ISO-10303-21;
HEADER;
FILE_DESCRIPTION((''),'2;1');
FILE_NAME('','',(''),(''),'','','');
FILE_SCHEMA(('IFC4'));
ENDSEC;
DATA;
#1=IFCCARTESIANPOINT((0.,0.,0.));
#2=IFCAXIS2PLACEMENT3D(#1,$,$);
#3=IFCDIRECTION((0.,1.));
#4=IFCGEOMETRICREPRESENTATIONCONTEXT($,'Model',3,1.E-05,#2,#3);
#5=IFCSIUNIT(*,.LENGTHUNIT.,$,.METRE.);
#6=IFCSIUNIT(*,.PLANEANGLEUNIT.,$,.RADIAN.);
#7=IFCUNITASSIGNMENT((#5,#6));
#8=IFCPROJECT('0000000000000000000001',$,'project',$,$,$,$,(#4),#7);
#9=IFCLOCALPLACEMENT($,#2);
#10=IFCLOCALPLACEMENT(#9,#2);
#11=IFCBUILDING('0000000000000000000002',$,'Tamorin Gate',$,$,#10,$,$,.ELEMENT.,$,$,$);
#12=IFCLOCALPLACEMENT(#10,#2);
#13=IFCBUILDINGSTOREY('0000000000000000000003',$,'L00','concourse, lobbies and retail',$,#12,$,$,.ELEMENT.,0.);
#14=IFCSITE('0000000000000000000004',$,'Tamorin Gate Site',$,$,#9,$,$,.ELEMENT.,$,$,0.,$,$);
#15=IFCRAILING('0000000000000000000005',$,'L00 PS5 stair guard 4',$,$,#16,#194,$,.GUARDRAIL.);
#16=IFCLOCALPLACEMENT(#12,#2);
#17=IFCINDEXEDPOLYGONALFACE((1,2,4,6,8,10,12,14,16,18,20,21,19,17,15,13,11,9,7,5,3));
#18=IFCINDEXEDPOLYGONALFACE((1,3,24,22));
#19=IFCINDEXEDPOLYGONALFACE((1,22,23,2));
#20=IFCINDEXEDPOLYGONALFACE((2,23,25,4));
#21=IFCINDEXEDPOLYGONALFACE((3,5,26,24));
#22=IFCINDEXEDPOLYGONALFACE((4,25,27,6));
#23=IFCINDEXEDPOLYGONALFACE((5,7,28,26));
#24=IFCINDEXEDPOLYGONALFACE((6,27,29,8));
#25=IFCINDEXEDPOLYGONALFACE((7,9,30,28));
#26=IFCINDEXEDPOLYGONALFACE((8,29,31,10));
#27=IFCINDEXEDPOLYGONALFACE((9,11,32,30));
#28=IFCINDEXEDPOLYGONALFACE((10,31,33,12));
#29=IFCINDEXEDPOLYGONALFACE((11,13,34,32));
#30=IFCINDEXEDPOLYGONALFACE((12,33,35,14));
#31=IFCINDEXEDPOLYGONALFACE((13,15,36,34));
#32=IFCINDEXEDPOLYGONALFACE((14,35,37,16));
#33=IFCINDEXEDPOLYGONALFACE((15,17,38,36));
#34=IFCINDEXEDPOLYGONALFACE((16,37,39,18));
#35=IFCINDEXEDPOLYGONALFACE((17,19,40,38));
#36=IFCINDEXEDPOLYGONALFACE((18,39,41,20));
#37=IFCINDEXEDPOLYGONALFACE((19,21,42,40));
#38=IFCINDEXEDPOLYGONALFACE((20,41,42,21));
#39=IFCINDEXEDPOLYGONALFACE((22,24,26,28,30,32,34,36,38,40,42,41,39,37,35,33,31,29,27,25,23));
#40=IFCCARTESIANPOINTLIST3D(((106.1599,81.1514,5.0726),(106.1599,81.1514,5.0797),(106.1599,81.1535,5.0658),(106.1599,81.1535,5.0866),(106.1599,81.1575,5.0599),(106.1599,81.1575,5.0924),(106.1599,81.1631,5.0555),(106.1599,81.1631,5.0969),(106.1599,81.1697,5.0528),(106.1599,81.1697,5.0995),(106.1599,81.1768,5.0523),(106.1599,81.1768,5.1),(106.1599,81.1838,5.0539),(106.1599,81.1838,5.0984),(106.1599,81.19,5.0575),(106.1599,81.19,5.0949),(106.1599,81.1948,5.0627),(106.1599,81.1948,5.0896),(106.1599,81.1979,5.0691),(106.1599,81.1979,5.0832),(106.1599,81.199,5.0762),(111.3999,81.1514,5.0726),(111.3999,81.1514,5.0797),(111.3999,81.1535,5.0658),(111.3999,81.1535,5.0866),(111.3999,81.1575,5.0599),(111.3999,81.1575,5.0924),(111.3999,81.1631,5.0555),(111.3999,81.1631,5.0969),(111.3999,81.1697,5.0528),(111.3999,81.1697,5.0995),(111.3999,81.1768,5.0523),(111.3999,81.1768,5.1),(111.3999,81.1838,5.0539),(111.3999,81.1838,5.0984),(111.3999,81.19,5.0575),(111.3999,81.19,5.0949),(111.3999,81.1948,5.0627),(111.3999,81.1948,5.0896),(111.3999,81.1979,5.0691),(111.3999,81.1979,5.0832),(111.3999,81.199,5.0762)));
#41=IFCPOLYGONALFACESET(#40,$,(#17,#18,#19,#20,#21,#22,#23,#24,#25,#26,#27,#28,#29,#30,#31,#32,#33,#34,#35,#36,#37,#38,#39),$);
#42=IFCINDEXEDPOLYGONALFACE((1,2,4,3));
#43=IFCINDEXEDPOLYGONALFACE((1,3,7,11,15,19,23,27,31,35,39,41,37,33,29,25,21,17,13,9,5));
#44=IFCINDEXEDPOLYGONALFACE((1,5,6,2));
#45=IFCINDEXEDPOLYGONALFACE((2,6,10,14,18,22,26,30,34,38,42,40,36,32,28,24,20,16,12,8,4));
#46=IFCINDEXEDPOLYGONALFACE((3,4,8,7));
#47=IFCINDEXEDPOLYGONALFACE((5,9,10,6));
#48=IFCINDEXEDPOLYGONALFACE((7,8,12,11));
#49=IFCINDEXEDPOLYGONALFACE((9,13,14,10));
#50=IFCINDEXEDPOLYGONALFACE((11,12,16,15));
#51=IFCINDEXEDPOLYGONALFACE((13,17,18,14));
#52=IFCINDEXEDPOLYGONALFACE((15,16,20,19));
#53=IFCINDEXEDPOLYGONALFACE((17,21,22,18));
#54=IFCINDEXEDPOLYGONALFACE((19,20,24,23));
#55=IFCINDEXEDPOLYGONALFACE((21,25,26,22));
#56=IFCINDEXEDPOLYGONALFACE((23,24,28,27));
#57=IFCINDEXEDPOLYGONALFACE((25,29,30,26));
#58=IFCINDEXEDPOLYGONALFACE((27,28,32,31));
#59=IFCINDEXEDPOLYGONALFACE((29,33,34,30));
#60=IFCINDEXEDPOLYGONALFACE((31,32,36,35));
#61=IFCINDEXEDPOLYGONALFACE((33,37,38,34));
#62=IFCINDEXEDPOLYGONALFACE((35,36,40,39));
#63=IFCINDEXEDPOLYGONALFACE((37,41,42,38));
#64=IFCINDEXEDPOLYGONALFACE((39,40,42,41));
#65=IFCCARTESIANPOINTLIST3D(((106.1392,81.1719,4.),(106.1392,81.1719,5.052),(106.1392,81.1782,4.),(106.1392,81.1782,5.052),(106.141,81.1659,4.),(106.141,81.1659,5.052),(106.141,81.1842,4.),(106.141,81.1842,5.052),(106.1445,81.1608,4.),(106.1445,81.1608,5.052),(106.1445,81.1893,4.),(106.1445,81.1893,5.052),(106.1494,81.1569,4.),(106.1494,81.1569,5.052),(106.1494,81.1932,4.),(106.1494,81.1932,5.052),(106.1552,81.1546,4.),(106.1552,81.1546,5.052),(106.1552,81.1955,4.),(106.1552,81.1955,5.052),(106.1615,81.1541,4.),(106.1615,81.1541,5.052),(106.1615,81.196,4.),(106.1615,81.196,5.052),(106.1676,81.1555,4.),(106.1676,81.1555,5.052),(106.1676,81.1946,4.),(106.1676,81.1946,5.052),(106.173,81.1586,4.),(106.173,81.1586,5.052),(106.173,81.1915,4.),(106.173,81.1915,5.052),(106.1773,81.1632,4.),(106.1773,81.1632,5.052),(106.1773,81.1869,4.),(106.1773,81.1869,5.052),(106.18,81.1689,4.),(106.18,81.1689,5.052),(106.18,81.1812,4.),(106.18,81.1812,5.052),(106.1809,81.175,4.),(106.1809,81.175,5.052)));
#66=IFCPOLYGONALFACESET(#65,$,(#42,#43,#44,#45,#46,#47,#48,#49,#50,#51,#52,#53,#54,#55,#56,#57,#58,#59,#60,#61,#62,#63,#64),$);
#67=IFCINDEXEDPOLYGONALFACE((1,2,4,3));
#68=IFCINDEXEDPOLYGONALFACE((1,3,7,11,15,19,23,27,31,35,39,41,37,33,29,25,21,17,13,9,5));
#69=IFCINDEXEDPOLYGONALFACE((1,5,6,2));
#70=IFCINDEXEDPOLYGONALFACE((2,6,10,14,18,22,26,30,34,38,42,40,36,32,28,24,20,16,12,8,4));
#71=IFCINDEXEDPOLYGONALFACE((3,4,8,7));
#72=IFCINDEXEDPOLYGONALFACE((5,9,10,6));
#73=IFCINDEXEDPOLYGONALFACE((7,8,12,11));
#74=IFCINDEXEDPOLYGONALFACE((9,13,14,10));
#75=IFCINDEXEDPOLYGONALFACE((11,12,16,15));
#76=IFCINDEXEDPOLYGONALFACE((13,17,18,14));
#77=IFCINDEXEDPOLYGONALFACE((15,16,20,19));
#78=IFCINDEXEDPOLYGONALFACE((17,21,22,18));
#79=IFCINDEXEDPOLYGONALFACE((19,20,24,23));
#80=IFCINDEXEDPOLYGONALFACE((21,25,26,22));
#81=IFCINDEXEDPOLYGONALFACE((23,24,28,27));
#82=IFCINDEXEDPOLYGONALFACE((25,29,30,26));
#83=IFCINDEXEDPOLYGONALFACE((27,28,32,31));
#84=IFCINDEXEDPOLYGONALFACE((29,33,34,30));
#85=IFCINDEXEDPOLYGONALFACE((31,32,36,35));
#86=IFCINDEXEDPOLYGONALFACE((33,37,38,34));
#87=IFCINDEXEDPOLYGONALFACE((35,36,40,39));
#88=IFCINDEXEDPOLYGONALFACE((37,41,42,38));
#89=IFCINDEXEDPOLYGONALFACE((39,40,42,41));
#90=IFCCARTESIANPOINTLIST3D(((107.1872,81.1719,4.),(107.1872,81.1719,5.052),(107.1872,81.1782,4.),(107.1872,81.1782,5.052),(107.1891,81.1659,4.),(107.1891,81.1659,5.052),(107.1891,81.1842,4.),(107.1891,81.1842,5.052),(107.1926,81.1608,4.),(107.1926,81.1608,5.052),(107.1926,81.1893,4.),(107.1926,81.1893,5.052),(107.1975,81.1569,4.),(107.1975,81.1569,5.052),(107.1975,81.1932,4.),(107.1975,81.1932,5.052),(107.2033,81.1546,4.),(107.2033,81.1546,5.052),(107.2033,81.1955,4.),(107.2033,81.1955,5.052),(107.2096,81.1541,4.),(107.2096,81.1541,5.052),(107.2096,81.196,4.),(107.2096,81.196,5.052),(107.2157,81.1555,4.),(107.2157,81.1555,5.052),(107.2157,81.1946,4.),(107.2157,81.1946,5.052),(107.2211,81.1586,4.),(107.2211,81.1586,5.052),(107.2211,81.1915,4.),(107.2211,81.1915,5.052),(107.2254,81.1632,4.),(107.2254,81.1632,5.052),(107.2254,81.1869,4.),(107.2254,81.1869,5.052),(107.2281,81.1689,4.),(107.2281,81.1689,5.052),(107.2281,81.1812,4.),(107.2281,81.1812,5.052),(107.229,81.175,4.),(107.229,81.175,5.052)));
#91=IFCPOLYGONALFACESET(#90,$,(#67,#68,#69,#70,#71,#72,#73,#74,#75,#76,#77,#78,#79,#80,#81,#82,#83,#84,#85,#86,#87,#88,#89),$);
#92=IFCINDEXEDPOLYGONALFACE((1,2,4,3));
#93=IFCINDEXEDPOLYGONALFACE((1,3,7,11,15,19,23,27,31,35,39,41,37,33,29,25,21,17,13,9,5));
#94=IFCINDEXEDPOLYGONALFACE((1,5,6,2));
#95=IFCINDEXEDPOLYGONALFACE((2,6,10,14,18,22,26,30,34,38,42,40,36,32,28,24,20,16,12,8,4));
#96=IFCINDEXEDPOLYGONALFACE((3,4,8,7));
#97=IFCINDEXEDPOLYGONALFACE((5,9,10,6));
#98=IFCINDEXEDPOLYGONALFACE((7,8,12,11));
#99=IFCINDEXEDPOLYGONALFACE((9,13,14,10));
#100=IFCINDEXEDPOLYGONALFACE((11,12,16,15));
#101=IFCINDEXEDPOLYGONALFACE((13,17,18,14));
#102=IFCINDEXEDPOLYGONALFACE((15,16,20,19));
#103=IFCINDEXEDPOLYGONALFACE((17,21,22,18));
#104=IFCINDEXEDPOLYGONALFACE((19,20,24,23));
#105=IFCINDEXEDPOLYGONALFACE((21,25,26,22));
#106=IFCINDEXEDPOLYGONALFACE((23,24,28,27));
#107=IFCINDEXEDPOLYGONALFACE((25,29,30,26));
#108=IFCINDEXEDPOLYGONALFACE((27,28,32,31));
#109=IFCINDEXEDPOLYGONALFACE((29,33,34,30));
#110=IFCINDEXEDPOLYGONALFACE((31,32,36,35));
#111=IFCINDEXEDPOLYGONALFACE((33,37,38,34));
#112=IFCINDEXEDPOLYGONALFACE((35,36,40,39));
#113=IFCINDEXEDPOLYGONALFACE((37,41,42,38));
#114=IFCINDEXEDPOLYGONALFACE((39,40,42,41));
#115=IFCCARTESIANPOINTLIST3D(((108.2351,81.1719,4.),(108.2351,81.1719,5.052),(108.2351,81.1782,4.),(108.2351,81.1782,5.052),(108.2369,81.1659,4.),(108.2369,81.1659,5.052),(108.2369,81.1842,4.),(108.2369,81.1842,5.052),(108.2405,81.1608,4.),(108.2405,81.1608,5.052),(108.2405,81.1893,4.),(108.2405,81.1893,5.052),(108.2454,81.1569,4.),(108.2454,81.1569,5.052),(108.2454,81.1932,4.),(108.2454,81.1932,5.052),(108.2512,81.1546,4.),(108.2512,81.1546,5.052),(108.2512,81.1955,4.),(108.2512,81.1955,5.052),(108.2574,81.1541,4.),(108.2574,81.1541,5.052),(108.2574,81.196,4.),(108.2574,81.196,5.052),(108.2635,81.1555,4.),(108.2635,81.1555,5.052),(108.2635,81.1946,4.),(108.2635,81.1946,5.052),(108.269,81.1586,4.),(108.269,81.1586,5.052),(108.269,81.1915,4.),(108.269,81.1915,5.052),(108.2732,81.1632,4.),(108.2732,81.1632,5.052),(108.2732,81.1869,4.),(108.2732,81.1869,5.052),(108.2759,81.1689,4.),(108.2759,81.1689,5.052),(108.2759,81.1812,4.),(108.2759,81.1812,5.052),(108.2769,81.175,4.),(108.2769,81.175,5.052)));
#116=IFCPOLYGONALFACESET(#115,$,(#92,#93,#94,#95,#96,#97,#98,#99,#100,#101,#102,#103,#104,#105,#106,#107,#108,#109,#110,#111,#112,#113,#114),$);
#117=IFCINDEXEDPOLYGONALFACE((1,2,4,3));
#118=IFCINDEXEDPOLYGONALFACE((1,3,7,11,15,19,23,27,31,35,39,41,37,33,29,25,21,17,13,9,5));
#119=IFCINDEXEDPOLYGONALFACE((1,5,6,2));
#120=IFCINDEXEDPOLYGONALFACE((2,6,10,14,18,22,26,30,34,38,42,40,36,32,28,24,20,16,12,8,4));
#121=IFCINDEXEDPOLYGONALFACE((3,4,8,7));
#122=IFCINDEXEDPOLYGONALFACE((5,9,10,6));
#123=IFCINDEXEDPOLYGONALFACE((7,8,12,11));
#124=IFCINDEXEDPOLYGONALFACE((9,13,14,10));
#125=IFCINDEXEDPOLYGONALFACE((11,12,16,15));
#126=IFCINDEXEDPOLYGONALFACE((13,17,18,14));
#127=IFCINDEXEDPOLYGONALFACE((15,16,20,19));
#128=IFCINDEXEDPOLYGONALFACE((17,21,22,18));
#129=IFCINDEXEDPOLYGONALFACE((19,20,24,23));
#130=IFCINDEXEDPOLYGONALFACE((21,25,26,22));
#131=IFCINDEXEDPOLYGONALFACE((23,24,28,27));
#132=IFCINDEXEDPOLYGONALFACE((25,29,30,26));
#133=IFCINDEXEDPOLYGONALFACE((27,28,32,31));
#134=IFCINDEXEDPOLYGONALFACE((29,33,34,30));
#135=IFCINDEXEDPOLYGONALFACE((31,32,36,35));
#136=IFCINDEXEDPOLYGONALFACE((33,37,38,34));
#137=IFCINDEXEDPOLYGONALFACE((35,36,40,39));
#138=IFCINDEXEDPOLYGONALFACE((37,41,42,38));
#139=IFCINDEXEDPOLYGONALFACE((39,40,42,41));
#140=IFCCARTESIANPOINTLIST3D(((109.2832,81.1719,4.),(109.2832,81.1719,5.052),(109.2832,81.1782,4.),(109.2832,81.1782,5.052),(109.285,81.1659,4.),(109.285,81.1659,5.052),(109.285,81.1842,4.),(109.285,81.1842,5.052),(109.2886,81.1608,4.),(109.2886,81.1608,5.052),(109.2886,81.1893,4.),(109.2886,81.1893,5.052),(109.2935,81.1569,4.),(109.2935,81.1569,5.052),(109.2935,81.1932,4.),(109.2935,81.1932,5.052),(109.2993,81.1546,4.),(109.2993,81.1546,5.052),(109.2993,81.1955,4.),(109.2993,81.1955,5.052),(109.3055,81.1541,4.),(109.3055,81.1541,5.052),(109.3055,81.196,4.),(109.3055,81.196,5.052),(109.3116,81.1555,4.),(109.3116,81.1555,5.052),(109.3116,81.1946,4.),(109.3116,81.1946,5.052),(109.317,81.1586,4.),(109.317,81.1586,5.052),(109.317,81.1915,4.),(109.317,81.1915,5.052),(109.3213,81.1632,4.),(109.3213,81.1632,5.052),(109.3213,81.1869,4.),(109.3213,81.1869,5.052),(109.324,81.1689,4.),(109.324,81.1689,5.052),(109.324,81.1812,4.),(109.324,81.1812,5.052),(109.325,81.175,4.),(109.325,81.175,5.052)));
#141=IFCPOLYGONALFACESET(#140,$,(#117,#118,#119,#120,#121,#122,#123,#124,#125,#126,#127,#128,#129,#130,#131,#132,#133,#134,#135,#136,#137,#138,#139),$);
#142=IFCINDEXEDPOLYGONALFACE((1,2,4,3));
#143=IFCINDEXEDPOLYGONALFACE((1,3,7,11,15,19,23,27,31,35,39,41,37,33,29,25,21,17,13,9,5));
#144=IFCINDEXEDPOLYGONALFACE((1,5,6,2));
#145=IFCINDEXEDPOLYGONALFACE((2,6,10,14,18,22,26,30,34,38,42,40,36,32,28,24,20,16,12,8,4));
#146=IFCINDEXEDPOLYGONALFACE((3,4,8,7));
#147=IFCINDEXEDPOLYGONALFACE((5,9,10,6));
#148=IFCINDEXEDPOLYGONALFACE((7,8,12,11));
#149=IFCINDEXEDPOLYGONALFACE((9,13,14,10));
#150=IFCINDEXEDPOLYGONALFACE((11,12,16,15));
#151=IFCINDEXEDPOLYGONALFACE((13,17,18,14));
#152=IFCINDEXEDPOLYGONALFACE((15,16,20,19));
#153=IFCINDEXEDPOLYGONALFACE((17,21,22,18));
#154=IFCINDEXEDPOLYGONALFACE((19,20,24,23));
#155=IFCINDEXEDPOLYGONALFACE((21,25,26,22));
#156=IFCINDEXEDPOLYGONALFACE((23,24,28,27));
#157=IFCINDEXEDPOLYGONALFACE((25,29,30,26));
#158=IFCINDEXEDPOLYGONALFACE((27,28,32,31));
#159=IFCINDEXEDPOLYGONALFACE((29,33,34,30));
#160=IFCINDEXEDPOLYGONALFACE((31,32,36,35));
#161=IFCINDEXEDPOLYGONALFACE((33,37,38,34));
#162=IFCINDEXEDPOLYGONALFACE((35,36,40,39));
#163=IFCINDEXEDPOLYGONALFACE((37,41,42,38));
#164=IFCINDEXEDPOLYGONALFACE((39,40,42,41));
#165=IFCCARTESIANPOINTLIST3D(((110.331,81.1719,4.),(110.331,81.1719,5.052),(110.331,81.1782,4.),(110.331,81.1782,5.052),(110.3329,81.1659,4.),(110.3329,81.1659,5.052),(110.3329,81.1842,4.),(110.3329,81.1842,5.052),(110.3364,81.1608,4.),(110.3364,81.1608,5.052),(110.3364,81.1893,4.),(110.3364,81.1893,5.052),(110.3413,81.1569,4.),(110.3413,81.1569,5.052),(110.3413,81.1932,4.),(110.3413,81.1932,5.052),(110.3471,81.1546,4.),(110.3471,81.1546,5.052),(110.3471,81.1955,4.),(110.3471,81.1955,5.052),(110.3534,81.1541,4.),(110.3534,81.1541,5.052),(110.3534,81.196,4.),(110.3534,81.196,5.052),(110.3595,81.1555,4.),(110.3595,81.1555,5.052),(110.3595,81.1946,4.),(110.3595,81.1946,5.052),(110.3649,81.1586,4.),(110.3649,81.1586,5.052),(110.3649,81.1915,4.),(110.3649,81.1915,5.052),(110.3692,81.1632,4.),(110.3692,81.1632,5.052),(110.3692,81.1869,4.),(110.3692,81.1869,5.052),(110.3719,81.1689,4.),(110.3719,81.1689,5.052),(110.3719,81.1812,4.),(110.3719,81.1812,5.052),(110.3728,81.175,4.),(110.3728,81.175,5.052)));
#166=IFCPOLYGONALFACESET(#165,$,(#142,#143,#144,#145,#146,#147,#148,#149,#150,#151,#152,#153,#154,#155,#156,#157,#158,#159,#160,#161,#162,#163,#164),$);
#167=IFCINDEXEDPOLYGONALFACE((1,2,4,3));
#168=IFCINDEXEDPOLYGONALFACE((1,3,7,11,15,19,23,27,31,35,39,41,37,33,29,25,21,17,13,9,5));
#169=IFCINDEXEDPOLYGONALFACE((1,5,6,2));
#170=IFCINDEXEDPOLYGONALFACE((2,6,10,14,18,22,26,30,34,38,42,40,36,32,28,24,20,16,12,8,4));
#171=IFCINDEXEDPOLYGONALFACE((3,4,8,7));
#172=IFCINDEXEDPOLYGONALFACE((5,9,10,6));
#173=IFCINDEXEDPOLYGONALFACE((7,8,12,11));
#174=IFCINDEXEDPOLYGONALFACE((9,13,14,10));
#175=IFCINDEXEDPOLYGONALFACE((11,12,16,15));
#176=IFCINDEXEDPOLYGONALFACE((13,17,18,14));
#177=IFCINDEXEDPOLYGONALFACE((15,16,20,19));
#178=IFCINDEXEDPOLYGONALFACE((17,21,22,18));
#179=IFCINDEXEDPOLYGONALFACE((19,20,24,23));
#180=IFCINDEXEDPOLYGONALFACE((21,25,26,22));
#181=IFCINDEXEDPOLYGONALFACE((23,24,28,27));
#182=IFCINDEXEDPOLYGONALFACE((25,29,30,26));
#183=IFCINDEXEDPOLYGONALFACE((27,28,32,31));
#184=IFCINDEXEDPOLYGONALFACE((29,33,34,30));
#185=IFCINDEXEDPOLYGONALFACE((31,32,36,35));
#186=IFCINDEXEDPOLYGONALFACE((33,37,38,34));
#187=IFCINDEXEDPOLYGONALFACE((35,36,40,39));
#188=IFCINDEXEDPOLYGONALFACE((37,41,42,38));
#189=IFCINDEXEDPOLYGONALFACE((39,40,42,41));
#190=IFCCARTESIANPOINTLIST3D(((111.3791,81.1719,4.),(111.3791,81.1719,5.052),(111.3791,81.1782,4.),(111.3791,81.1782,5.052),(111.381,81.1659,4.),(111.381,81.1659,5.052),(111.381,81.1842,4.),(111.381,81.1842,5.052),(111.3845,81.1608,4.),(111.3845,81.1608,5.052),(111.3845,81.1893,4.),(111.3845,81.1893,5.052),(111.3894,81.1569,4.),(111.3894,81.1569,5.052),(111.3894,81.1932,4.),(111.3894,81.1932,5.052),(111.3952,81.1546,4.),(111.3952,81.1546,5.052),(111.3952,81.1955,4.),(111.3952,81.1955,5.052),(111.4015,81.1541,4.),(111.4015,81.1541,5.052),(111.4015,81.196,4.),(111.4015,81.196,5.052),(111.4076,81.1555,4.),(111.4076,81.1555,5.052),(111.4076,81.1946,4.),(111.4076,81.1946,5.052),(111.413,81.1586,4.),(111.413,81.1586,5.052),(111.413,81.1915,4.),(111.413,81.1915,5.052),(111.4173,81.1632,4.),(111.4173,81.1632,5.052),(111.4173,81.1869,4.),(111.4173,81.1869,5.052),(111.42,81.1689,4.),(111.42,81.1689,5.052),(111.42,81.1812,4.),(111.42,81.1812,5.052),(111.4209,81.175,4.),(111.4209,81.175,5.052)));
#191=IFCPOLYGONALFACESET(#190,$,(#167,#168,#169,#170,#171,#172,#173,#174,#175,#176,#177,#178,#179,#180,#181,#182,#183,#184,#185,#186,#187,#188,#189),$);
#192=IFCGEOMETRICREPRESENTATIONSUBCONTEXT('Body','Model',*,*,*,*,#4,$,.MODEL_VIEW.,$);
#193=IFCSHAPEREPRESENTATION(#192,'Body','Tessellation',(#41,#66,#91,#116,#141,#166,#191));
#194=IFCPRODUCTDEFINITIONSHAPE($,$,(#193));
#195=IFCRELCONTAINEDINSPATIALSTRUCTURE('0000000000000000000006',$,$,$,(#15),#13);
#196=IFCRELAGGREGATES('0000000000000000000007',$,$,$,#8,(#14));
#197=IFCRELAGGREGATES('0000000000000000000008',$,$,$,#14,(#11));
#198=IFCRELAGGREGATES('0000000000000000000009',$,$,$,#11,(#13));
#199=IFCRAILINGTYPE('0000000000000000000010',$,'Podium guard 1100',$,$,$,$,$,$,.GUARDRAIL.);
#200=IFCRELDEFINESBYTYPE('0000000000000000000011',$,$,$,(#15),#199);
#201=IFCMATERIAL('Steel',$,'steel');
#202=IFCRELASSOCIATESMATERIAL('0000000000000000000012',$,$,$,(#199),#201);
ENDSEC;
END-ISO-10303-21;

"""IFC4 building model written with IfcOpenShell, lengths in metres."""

from ifc_helpers import new_model, si_unit, direction, frame, origin, origin_2d, place, context, subcontext, project, spatial, circle, extrude, material, type_object, element, save


model = new_model("IFC4")

# Units and contexts
model_context = context("Model", 3, precision=1e-05, world=origin(), true_north=direction((0.0, 1.0)))
body_context = subcontext(model_context, "Body", "Model", "MODEL_VIEW")
ifc_project = project(units=[si_unit("LENGTHUNIT", "METRE"), si_unit("PLANEANGLEUNIT", "RADIAN")], contexts=[model_context])

# Site, building, storey
site_placement = place(None, origin())
site = spatial("IfcSite", under=ifc_project, at=site_placement, Name="Tamorin Gate Site", CompositionType="ELEMENT", RefElevation=0.0)
building_placement = place(site_placement, origin())
building = spatial("IfcBuilding", under=site, at=building_placement, Name="Tamorin Gate", CompositionType="ELEMENT")
storey_placement = place(building_placement, origin())
storey = spatial("IfcBuildingStorey", under=building, at=storey_placement, Name="L00", Description="concourse, lobbies and retail", CompositionType="ELEMENT", Elevation=0.0)

# Railing
ifc_material_1 = material(Name="Steel", Category="steel")
railing_type_1 = type_object("IfcRailingType", Name="Podium guard 1100", PredefinedType="GUARDRAIL", material=ifc_material_1)
railing_1_placement = place(storey_placement, frame((106.1599, 81.175, 4.0)))
element("IfcRailing", 1, at=railing_1_placement, inside=storey, type_object=railing_type_1, Name="L00 PS5 stair guard 4", PredefinedType="GUARDRAIL", context=body_context, shape_type="SweptSolid", body=[
    extrude(circle(Radius=0.0239, at=origin_2d()), frame((0.0, 0.0, 1.0762), z_axis=(1.0, 0.0, 0.0), x_axis=(0.0, 1.0, 0.0)), (0.0, 0.0, 1.0), 5.24),
    extrude(circle(Radius=0.021, at=origin_2d()), origin(), (0.0, 0.0, 1.0), 1.052),
    extrude(circle(Radius=0.021, at=origin_2d()), frame((1.0481, 0.0, 0.0)), (0.0, 0.0, 1.0), 1.052),
    extrude(circle(Radius=0.021, at=origin_2d()), frame((2.0959, 0.0, 0.0)), (0.0, 0.0, 1.0), 1.052),
    extrude(circle(Radius=0.021, at=origin_2d()), frame((3.144, 0.0, 0.0)), (0.0, 0.0, 1.0), 1.052),
    extrude(circle(Radius=0.021, at=origin_2d()), frame((4.1919, 0.0, 0.0)), (0.0, 0.0, 1.0), 1.052),
    extrude(circle(Radius=0.021, at=origin_2d()), frame((5.24, 0.0, 0.0)), (0.0, 0.0, 1.0), 1.052),
])

save(model, "model.ifc")
